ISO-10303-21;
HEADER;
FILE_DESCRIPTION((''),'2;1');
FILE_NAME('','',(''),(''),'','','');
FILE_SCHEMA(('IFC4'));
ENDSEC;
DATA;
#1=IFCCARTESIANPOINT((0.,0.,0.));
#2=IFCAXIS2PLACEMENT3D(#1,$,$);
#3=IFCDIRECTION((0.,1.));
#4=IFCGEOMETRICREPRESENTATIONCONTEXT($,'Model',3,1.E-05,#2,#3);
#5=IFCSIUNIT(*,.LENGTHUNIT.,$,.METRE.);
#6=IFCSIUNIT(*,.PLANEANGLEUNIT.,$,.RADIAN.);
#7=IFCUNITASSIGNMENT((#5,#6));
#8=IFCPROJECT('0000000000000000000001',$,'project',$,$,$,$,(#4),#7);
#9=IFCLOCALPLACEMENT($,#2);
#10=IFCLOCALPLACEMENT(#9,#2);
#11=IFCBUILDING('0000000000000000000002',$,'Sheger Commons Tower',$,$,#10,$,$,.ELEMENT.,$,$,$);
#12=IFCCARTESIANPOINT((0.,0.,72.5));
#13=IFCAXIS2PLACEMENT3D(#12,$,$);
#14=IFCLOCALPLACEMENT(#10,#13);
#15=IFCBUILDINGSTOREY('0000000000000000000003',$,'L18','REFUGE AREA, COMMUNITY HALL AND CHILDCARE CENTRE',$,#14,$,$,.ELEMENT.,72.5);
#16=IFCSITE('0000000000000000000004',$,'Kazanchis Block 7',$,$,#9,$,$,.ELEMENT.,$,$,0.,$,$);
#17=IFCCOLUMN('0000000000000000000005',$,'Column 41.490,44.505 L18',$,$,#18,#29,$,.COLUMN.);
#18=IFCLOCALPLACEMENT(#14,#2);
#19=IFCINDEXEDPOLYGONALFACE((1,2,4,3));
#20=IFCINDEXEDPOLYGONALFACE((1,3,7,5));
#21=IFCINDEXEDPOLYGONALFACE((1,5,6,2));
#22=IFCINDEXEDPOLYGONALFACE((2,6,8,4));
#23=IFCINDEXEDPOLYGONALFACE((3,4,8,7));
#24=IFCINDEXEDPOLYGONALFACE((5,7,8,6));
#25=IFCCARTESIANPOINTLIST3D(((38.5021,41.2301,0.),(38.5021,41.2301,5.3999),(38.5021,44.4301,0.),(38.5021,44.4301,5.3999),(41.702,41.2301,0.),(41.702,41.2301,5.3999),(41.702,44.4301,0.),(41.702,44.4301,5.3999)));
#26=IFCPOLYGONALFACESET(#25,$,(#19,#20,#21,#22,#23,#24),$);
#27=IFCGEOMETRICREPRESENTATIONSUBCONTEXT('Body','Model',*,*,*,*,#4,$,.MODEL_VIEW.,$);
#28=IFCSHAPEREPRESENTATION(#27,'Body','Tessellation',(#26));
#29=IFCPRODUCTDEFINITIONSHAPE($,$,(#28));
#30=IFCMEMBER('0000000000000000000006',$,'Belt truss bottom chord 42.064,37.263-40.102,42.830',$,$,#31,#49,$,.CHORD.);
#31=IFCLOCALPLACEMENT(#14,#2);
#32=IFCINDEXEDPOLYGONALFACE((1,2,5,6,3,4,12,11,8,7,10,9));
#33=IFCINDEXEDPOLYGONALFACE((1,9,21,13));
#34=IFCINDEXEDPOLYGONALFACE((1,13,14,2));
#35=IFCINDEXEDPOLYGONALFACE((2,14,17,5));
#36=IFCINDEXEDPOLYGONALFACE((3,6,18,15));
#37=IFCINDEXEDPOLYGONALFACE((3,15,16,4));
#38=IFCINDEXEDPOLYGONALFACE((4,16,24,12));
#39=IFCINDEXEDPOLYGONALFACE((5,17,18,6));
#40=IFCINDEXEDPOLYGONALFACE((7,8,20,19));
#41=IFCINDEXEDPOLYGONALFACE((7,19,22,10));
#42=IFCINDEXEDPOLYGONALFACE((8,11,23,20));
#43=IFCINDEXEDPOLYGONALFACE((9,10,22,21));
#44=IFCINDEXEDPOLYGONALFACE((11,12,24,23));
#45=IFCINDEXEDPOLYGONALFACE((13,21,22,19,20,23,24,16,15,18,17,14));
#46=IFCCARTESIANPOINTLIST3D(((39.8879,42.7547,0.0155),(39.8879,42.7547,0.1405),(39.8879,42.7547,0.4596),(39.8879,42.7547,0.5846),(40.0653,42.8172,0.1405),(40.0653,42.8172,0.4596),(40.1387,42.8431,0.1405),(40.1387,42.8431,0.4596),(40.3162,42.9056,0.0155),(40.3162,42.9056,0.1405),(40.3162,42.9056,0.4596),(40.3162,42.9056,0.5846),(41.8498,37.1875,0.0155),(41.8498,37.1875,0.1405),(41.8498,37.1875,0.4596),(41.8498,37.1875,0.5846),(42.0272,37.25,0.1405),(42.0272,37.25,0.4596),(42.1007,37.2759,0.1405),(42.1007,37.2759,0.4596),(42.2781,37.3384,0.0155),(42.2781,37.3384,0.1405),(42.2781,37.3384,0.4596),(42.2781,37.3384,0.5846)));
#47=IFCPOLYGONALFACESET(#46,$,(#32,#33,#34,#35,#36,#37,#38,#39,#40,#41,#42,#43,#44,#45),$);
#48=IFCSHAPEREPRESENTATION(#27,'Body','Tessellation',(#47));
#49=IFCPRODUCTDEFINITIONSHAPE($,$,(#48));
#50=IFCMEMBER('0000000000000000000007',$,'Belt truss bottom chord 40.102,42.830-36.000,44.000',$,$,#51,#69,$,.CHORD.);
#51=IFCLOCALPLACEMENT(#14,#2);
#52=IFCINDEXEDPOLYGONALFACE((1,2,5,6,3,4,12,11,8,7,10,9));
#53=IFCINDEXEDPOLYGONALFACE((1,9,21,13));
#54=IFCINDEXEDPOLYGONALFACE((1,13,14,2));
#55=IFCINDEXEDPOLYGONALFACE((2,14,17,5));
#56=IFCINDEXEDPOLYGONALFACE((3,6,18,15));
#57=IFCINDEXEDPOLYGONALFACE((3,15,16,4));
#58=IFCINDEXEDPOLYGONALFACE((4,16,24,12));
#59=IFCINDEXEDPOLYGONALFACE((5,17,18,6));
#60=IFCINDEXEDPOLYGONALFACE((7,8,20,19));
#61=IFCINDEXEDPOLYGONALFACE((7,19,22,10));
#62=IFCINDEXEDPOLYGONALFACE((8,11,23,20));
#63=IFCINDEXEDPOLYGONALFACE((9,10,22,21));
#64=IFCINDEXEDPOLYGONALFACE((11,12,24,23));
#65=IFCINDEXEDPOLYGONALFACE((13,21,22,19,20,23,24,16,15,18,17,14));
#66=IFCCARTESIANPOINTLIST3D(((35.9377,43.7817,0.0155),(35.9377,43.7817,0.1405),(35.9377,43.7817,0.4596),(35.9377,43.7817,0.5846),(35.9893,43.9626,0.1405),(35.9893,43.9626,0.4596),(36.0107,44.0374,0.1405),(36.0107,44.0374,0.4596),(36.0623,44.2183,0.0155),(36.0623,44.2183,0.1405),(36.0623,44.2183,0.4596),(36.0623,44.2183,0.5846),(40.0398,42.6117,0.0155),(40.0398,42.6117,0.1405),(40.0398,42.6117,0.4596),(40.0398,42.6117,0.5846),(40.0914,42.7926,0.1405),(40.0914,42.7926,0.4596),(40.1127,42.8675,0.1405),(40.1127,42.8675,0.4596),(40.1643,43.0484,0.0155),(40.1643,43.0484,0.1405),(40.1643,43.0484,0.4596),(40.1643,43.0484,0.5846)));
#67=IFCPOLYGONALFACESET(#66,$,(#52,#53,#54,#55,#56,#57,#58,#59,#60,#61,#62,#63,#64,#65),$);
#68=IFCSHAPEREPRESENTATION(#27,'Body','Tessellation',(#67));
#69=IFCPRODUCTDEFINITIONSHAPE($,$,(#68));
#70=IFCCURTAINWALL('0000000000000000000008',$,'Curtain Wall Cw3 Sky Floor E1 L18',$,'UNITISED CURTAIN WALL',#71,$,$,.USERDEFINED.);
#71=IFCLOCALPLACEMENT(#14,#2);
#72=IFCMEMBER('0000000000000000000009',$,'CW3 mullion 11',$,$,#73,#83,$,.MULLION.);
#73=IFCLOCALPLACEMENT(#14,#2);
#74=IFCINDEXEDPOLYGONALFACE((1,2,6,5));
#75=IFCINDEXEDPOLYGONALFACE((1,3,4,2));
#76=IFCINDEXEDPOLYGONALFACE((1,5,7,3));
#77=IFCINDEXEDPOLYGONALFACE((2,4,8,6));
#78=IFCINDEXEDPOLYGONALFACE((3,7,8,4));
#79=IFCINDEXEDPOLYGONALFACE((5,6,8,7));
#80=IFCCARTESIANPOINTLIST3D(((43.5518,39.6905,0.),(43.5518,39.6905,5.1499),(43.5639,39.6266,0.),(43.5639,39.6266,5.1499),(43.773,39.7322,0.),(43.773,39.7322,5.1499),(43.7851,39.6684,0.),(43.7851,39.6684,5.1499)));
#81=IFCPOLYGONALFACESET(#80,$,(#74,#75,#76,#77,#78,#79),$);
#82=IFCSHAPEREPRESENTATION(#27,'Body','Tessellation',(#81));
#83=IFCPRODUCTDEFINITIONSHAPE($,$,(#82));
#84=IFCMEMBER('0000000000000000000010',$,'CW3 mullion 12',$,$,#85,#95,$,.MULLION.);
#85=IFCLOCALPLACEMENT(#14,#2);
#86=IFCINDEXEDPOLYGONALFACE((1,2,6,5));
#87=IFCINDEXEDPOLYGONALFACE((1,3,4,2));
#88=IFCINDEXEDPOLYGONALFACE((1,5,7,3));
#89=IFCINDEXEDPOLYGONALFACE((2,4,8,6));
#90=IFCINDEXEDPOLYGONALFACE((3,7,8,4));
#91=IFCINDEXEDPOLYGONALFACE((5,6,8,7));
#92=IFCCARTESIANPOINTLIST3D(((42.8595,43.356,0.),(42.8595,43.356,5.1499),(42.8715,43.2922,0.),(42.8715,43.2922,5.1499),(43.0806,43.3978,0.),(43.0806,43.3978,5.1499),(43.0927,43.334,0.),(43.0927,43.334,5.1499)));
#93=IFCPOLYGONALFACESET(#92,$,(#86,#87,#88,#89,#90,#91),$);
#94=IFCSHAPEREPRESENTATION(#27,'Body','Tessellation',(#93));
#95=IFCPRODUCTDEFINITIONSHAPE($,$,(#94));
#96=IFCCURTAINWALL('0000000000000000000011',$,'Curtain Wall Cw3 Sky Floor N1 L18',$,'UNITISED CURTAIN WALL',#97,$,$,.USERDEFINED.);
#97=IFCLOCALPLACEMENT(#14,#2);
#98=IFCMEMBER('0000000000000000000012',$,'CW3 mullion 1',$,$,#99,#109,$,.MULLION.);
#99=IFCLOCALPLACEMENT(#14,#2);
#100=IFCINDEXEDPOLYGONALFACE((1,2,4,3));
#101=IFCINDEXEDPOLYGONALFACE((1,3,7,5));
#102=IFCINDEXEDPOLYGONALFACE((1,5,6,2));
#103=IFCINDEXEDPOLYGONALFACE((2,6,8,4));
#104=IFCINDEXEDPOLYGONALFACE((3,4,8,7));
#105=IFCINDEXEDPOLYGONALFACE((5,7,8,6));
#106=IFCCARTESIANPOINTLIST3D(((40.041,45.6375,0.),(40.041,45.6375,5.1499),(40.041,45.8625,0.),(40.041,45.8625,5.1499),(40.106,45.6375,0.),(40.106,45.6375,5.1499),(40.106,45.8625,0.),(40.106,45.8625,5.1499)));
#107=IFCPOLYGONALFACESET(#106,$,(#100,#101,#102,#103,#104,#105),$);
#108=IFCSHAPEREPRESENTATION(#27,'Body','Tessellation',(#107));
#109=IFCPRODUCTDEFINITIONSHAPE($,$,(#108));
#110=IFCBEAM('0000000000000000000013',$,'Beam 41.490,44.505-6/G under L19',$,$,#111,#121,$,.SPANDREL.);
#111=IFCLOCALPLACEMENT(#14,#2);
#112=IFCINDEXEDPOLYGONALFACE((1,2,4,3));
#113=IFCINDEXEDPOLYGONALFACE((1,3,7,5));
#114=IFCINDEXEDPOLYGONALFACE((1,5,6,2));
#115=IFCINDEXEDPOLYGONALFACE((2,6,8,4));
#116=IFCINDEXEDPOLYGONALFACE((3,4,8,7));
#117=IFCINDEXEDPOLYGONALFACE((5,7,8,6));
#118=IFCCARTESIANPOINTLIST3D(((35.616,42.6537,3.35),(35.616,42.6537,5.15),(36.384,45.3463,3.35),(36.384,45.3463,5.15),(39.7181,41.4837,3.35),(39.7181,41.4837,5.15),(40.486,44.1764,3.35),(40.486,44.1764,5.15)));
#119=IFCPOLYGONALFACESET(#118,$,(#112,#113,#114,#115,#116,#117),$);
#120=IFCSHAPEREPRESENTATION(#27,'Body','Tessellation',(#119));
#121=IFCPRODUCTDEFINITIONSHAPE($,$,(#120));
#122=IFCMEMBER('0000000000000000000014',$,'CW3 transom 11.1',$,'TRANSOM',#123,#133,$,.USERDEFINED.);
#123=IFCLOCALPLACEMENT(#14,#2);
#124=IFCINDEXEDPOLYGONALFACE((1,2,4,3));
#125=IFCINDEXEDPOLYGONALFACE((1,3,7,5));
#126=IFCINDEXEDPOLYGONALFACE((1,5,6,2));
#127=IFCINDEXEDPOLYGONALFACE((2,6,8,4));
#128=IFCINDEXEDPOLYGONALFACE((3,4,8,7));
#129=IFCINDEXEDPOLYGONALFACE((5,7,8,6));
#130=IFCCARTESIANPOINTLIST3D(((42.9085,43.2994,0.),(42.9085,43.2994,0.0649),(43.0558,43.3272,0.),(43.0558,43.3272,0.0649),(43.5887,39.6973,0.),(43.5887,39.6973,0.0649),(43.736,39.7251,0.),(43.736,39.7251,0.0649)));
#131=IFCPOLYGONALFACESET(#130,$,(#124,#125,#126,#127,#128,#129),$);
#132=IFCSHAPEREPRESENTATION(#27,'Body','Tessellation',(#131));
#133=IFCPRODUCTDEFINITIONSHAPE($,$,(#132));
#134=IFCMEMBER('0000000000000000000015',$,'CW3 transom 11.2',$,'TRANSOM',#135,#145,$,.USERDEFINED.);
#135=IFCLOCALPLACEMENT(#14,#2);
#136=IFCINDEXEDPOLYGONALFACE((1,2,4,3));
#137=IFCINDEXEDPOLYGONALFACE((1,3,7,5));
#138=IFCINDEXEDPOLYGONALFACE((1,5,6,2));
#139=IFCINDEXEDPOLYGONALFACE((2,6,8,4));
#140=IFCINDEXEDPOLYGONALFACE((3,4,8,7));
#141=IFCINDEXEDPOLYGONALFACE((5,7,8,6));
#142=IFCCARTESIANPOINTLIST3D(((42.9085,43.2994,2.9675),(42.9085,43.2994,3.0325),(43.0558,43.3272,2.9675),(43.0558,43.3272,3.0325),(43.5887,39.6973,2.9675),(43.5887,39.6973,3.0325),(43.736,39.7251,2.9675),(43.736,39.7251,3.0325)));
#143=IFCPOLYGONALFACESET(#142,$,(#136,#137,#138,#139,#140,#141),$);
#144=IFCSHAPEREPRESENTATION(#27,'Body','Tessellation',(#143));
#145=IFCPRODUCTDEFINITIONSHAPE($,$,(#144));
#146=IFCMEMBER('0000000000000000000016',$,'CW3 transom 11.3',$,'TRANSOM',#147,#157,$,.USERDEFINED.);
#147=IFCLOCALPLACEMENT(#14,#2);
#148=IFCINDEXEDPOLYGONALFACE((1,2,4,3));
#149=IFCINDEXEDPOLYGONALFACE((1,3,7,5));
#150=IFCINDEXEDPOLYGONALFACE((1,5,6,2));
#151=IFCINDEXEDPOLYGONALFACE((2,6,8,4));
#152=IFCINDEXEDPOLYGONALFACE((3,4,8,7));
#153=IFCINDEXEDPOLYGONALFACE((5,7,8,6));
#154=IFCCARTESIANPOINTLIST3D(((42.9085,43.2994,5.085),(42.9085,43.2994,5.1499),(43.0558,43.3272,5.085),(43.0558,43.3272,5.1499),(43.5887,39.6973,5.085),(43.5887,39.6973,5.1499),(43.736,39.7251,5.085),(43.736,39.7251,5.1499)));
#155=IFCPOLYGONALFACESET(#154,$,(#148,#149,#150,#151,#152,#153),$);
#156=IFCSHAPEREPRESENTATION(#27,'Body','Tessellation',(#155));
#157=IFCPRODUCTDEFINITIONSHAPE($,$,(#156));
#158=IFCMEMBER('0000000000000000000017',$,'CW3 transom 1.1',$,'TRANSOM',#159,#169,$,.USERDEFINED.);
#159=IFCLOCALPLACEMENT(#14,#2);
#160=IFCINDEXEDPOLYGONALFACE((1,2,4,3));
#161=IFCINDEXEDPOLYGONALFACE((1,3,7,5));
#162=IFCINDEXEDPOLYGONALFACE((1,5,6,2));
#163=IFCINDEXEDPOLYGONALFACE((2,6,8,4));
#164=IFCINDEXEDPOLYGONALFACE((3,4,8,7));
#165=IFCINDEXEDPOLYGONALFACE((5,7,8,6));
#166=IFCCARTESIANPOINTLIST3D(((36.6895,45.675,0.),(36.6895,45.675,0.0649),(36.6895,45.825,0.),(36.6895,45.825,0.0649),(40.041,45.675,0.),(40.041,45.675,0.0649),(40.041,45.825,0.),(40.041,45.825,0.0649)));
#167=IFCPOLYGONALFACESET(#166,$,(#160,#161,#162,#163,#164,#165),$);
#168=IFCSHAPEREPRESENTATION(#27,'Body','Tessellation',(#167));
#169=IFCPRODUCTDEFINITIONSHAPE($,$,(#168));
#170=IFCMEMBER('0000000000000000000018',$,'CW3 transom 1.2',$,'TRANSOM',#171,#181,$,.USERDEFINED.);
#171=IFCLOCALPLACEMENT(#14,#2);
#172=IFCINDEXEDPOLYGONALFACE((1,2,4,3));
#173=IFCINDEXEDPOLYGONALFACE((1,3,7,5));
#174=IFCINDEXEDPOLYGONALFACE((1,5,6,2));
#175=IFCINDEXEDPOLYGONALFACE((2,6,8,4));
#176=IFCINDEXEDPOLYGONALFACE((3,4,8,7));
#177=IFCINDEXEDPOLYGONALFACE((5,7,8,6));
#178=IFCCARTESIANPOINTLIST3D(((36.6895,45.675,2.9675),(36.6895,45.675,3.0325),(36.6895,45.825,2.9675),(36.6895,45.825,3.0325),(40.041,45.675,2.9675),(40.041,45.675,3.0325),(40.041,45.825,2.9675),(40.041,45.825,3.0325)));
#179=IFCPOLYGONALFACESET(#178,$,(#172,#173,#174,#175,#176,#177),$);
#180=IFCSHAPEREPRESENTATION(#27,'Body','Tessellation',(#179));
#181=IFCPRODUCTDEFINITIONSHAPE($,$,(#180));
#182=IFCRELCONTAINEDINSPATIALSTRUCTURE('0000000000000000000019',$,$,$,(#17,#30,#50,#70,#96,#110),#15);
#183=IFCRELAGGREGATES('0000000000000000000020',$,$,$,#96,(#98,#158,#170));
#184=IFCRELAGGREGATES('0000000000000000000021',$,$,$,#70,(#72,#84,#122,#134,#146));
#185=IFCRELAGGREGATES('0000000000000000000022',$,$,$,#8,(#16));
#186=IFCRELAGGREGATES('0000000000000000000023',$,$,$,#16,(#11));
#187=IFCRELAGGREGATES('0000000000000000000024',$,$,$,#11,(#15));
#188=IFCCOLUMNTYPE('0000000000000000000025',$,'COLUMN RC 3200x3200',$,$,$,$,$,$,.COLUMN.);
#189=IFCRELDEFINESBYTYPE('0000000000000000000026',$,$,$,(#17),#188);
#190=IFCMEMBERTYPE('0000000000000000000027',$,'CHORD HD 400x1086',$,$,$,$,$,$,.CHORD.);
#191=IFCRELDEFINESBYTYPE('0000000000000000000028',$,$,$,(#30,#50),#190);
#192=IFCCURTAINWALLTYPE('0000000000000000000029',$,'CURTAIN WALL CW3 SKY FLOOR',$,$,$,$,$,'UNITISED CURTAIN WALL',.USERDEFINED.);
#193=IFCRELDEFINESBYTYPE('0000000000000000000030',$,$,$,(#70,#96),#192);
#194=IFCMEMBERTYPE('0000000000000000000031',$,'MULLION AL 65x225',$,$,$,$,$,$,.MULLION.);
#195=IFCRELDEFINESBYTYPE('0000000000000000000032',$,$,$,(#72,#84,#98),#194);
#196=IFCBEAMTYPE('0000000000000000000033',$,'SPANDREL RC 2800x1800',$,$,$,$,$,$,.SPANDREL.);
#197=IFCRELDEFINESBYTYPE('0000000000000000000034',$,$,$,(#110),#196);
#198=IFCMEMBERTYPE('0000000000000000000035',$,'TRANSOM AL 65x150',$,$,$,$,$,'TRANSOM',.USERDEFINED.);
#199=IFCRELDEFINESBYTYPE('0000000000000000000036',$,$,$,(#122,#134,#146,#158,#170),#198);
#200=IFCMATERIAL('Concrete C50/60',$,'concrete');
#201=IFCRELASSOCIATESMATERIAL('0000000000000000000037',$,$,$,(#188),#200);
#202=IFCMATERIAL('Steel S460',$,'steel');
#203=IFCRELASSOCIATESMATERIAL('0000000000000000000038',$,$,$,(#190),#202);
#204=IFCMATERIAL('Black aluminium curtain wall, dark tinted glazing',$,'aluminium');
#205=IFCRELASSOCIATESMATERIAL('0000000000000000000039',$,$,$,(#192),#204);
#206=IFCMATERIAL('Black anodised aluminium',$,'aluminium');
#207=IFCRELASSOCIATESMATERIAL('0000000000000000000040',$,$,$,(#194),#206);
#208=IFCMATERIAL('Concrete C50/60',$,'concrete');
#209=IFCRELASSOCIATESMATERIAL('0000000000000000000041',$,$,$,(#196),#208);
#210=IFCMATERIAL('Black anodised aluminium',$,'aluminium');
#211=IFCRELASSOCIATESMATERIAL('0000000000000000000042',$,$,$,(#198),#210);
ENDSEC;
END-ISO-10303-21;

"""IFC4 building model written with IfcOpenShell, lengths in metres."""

from ifc_helpers import new_model, si_unit, direction, frame, origin, origin_2d, place, context, subcontext, project, spatial, rectangle, i_section, extrude, material, material_profile, profile_set, type_object, element, aggregate, save


model = new_model("IFC4")

# Units and contexts
model_context = context("Model", 3, precision=1e-05, world=origin(), true_north=direction((0.0, 1.0)))
body_context = subcontext(model_context, "Body", "Model", "MODEL_VIEW")
ifc_project = project(units=[si_unit("LENGTHUNIT", "METRE"), si_unit("PLANEANGLEUNIT", "RADIAN")], contexts=[model_context])

# Site, building, storey
site_placement = place(None, origin())
site = spatial("IfcSite", under=ifc_project, at=site_placement, Name="Kazanchis Block 7", CompositionType="ELEMENT", RefElevation=0.0)
building_placement = place(site_placement, origin())
building = spatial("IfcBuilding", under=site, at=building_placement, Name="Sheger Commons Tower", CompositionType="ELEMENT")
storey_placement = place(building_placement, frame((0.0, 0.0, 72.5)))
storey = spatial("IfcBuildingStorey", under=building, at=storey_placement, Name="L18", Description="REFUGE AREA, COMMUNITY HALL AND CHILDCARE CENTRE", CompositionType="ELEMENT", Elevation=72.5)

# Column
ifc_material_1 = material(Name="Concrete C50/60", Category="concrete")
ifc_material_profile_1 = material_profile(ifc_material_1, rectangle(XDim=3.2, YDim=3.2, at=origin_2d()), Name="RC 3200x3200")
ifc_profile_set_1 = profile_set([ifc_material_profile_1], Name="Concrete C50/60")
column_type = type_object("IfcColumnType", Name="COLUMN RC 3200x3200", PredefinedType="COLUMN", material=ifc_profile_set_1)
column_placement = place(storey_placement, frame((40.1021, 42.8301, 0.0), z_axis=(0.0, 0.0, 1.0), x_axis=(1.0, 0.0, 0.0)))
element("IfcColumn", 1, at=column_placement, inside=storey, type_object=column_type, Name="Column 41.490,44.505 L18", PredefinedType="COLUMN", context=body_context, shape_type="SweptSolid", body=[
    extrude(rectangle(XDim=3.2, YDim=3.2, at=origin_2d()), origin(), (0.0, 0.0, 1.0), 5.3999),
])

# Members
ifc_material_2 = material(Name="Steel S460", Category="steel")
ifc_material_profile_2 = material_profile(ifc_material_2, i_section(OverallWidth=0.4541, OverallDepth=0.5691, WebThickness=0.0779, FlangeThickness=0.125, at=origin_2d()), Name="HD 400x1086")
ifc_profile_set_2 = profile_set([ifc_material_profile_2], Name="Steel S460")
member_type_1 = type_object("IfcMemberType", Name="CHORD HD 400x1086", PredefinedType="CHORD", material=ifc_profile_set_2)
member_1_placement = place(storey_placement, frame((42.064, 37.2629, 0.3), z_axis=(-0.332374, 0.943148, 0.0), x_axis=(-0.943148, -0.332374, 0.0)))
element("IfcMember", 2, at=member_1_placement, inside=storey, type_object=member_type_1, Name="Belt truss bottom chord 42.064,37.263-40.102,42.830", PredefinedType="CHORD", context=body_context, shape_type="SweptSolid", body=[
    extrude(i_section(OverallWidth=0.4541, OverallDepth=0.5691, WebThickness=0.0779, FlangeThickness=0.125, at=origin_2d()), origin(), (0.0, 0.0, 1.0), 5.9028),
])
member_2_placement = place(storey_placement, frame((40.1021, 42.8301, 0.3), z_axis=(-0.961653, 0.274268, 0.0), x_axis=(-0.274268, -0.961653, 0.0)))
element("IfcMember", 3, at=member_2_placement, inside=storey, type_object=member_type_1, Name="Belt truss bottom chord 40.102,42.830-36.000,44.000", PredefinedType="CHORD", context=body_context, shape_type="SweptSolid", body=[
    extrude(i_section(OverallWidth=0.4541, OverallDepth=0.5691, WebThickness=0.0779, FlangeThickness=0.125, at=origin_2d()), origin(), (0.0, 0.0, 1.0), 4.2656),
])

# Curtain wall, members
ifc_material_3 = material(Name="Black aluminium curtain wall, dark tinted glazing", Category="aluminium")
curtain_wall_type = type_object("IfcCurtainWallType", Name="CURTAIN WALL CW3 SKY FLOOR", ElementType="UNITISED CURTAIN WALL", PredefinedType="USERDEFINED", material=ifc_material_3)
curtain_wall_1_placement = place(storey_placement, origin())
curtain_wall_1 = element("IfcCurtainWall", 4, at=curtain_wall_1_placement, inside=storey, type_object=curtain_wall_type, Name="Curtain Wall Cw3 Sky Floor E1 L18", ObjectType="UNITISED CURTAIN WALL", PredefinedType="USERDEFINED")
ifc_material_4 = material(Name="Black anodised aluminium", Category="aluminium")
ifc_material_profile_3 = material_profile(ifc_material_4, rectangle(XDim=0.2251, YDim=0.0649, at=origin_2d()), Name="AL 65x225")
ifc_profile_set_3 = profile_set([ifc_material_profile_3], Name="Black anodised aluminium")
member_type_2 = type_object("IfcMemberType", Name="MULLION AL 65x225", PredefinedType="MULLION", material=ifc_profile_set_3)
member_3_placement = place(storey_placement, frame((43.6685, 39.6794, 0.0), z_axis=(0.0, 0.0, 1.0), x_axis=(-0.982624, -0.18561, 0.0)))
member_3 = element("IfcMember", 5, at=member_3_placement, type_object=member_type_2, Name="CW3 mullion 11", PredefinedType="MULLION", context=body_context, shape_type="SweptSolid", body=[
    extrude(rectangle(XDim=0.2251, YDim=0.0649, at=origin_2d()), origin(), (0.0, 0.0, 1.0), 5.1499),
])
member_4_placement = place(storey_placement, frame((42.9761, 43.345, 0.0), z_axis=(0.0, 0.0, 1.0), x_axis=(-0.982624, -0.18561, 0.0)))
member_4 = element("IfcMember", 6, at=member_4_placement, type_object=member_type_2, Name="CW3 mullion 12", PredefinedType="MULLION", context=body_context, shape_type="SweptSolid", body=[
    extrude(rectangle(XDim=0.2251, YDim=0.0649, at=origin_2d()), origin(), (0.0, 0.0, 1.0), 5.1499),
])

# Curtain wall, member
curtain_wall_2_placement = place(storey_placement, origin())
curtain_wall_2 = element("IfcCurtainWall", 7, at=curtain_wall_2_placement, inside=storey, type_object=curtain_wall_type, Name="Curtain Wall Cw3 Sky Floor N1 L18", ObjectType="UNITISED CURTAIN WALL", PredefinedType="USERDEFINED")
member_5_placement = place(storey_placement, frame((40.0735, 45.75, 0.0), z_axis=(0.0, 0.0, 1.0), x_axis=(0.0, -1.0, 0.0)))
member_5 = element("IfcMember", 8, at=member_5_placement, type_object=member_type_2, Name="CW3 mullion 1", PredefinedType="MULLION", context=body_context, shape_type="SweptSolid", body=[
    extrude(rectangle(XDim=0.2251, YDim=0.0649, at=origin_2d()), origin(), (0.0, 0.0, 1.0), 5.1499),
])

# Beam
ifc_material_5 = material(Name="Concrete C50/60", Category="concrete")
ifc_material_profile_4 = material_profile(ifc_material_5, rectangle(XDim=2.8, YDim=1.8, at=origin_2d()), Name="RC 2800x1800")
ifc_profile_set_4 = profile_set([ifc_material_profile_4], Name="Concrete C50/60")
beam_type = type_object("IfcBeamType", Name="SPANDREL RC 2800x1800", PredefinedType="SPANDREL", material=ifc_profile_set_4)
beam_placement = place(storey_placement, frame((40.1021, 42.8301, 4.25), z_axis=(-0.961653, 0.274268, 0.0), x_axis=(-0.274268, -0.961653, 0.0)))
element("IfcBeam", 9, at=beam_placement, inside=storey, type_object=beam_type, Name="Beam 41.490,44.505-6/G under L19", PredefinedType="SPANDREL", context=body_context, shape_type="SweptSolid", body=[
    extrude(rectangle(XDim=2.8, YDim=1.8, at=origin_2d()), origin(), (0.0, 0.0, 1.0), 4.2656),
])

# Members
ifc_material_6 = material(Name="Black anodised aluminium", Category="aluminium")
ifc_material_profile_5 = material_profile(ifc_material_6, rectangle(XDim=0.1499, YDim=0.0649, at=origin_2d()), Name="AL 65x150")
ifc_profile_set_5 = profile_set([ifc_material_profile_5], Name="Black anodised aluminium")
member_type_3 = type_object("IfcMemberType", Name="TRANSOM AL 65x150", ElementType="TRANSOM", PredefinedType="USERDEFINED", material=ifc_profile_set_5)
member_6_placement = place(storey_placement, frame((43.6624, 39.7112, 0.0325), z_axis=(-0.185551, 0.982635, 0.0), x_axis=(-0.982635, -0.185551, 0.0)))
member_6 = element("IfcMember", 10, at=member_6_placement, type_object=member_type_3, Name="CW3 transom 11.1", ObjectType="TRANSOM", PredefinedType="USERDEFINED", context=body_context, shape_type="SweptSolid", body=[
    extrude(rectangle(XDim=0.1499, YDim=0.0649, at=origin_2d()), origin(), (0.0, 0.0, 1.0), 3.6658),
])
member_7_placement = place(storey_placement, frame((43.6624, 39.7112, 3.0), z_axis=(-0.185551, 0.982635, 0.0), x_axis=(-0.982635, -0.185551, 0.0)))
member_7 = element("IfcMember", 11, at=member_7_placement, type_object=member_type_3, Name="CW3 transom 11.2", ObjectType="TRANSOM", PredefinedType="USERDEFINED", context=body_context, shape_type="SweptSolid", body=[
    extrude(rectangle(XDim=0.1499, YDim=0.0649, at=origin_2d()), origin(), (0.0, 0.0, 1.0), 3.6658),
])
member_8_placement = place(storey_placement, frame((43.6624, 39.7112, 5.1174), z_axis=(-0.185551, 0.982635, 0.0), x_axis=(-0.982635, -0.185551, 0.0)))
member_8 = element("IfcMember", 12, at=member_8_placement, type_object=member_type_3, Name="CW3 transom 11.3", ObjectType="TRANSOM", PredefinedType="USERDEFINED", context=body_context, shape_type="SweptSolid", body=[
    extrude(rectangle(XDim=0.1499, YDim=0.0649, at=origin_2d()), origin(), (0.0, 0.0, 1.0), 3.6658),
])
member_9_placement = place(storey_placement, frame((40.041, 45.75, 0.0325), z_axis=(-1.0, 0.0, 0.0), x_axis=(0.0, -1.0, 0.0)))
member_9 = element("IfcMember", 13, at=member_9_placement, type_object=member_type_3, Name="CW3 transom 1.1", ObjectType="TRANSOM", PredefinedType="USERDEFINED", context=body_context, shape_type="SweptSolid", body=[
    extrude(rectangle(XDim=0.1499, YDim=0.0649, at=origin_2d()), origin(), (0.0, 0.0, 1.0), 3.3516),
])
member_10_placement = place(storey_placement, frame((40.041, 45.75, 3.0), z_axis=(-1.0, 0.0, 0.0), x_axis=(0.0, -1.0, 0.0)))
member_10 = element("IfcMember", 14, at=member_10_placement, type_object=member_type_3, Name="CW3 transom 1.2", ObjectType="TRANSOM", PredefinedType="USERDEFINED", context=body_context, shape_type="SweptSolid", body=[
    extrude(rectangle(XDim=0.1499, YDim=0.0649, at=origin_2d()), origin(), (0.0, 0.0, 1.0), 3.3516),
])
aggregate(curtain_wall_2, [member_5, member_9, member_10])

aggregate(curtain_wall_1, [member_3, member_4, member_6, member_7, member_8])

save(model, "model.ifc")
